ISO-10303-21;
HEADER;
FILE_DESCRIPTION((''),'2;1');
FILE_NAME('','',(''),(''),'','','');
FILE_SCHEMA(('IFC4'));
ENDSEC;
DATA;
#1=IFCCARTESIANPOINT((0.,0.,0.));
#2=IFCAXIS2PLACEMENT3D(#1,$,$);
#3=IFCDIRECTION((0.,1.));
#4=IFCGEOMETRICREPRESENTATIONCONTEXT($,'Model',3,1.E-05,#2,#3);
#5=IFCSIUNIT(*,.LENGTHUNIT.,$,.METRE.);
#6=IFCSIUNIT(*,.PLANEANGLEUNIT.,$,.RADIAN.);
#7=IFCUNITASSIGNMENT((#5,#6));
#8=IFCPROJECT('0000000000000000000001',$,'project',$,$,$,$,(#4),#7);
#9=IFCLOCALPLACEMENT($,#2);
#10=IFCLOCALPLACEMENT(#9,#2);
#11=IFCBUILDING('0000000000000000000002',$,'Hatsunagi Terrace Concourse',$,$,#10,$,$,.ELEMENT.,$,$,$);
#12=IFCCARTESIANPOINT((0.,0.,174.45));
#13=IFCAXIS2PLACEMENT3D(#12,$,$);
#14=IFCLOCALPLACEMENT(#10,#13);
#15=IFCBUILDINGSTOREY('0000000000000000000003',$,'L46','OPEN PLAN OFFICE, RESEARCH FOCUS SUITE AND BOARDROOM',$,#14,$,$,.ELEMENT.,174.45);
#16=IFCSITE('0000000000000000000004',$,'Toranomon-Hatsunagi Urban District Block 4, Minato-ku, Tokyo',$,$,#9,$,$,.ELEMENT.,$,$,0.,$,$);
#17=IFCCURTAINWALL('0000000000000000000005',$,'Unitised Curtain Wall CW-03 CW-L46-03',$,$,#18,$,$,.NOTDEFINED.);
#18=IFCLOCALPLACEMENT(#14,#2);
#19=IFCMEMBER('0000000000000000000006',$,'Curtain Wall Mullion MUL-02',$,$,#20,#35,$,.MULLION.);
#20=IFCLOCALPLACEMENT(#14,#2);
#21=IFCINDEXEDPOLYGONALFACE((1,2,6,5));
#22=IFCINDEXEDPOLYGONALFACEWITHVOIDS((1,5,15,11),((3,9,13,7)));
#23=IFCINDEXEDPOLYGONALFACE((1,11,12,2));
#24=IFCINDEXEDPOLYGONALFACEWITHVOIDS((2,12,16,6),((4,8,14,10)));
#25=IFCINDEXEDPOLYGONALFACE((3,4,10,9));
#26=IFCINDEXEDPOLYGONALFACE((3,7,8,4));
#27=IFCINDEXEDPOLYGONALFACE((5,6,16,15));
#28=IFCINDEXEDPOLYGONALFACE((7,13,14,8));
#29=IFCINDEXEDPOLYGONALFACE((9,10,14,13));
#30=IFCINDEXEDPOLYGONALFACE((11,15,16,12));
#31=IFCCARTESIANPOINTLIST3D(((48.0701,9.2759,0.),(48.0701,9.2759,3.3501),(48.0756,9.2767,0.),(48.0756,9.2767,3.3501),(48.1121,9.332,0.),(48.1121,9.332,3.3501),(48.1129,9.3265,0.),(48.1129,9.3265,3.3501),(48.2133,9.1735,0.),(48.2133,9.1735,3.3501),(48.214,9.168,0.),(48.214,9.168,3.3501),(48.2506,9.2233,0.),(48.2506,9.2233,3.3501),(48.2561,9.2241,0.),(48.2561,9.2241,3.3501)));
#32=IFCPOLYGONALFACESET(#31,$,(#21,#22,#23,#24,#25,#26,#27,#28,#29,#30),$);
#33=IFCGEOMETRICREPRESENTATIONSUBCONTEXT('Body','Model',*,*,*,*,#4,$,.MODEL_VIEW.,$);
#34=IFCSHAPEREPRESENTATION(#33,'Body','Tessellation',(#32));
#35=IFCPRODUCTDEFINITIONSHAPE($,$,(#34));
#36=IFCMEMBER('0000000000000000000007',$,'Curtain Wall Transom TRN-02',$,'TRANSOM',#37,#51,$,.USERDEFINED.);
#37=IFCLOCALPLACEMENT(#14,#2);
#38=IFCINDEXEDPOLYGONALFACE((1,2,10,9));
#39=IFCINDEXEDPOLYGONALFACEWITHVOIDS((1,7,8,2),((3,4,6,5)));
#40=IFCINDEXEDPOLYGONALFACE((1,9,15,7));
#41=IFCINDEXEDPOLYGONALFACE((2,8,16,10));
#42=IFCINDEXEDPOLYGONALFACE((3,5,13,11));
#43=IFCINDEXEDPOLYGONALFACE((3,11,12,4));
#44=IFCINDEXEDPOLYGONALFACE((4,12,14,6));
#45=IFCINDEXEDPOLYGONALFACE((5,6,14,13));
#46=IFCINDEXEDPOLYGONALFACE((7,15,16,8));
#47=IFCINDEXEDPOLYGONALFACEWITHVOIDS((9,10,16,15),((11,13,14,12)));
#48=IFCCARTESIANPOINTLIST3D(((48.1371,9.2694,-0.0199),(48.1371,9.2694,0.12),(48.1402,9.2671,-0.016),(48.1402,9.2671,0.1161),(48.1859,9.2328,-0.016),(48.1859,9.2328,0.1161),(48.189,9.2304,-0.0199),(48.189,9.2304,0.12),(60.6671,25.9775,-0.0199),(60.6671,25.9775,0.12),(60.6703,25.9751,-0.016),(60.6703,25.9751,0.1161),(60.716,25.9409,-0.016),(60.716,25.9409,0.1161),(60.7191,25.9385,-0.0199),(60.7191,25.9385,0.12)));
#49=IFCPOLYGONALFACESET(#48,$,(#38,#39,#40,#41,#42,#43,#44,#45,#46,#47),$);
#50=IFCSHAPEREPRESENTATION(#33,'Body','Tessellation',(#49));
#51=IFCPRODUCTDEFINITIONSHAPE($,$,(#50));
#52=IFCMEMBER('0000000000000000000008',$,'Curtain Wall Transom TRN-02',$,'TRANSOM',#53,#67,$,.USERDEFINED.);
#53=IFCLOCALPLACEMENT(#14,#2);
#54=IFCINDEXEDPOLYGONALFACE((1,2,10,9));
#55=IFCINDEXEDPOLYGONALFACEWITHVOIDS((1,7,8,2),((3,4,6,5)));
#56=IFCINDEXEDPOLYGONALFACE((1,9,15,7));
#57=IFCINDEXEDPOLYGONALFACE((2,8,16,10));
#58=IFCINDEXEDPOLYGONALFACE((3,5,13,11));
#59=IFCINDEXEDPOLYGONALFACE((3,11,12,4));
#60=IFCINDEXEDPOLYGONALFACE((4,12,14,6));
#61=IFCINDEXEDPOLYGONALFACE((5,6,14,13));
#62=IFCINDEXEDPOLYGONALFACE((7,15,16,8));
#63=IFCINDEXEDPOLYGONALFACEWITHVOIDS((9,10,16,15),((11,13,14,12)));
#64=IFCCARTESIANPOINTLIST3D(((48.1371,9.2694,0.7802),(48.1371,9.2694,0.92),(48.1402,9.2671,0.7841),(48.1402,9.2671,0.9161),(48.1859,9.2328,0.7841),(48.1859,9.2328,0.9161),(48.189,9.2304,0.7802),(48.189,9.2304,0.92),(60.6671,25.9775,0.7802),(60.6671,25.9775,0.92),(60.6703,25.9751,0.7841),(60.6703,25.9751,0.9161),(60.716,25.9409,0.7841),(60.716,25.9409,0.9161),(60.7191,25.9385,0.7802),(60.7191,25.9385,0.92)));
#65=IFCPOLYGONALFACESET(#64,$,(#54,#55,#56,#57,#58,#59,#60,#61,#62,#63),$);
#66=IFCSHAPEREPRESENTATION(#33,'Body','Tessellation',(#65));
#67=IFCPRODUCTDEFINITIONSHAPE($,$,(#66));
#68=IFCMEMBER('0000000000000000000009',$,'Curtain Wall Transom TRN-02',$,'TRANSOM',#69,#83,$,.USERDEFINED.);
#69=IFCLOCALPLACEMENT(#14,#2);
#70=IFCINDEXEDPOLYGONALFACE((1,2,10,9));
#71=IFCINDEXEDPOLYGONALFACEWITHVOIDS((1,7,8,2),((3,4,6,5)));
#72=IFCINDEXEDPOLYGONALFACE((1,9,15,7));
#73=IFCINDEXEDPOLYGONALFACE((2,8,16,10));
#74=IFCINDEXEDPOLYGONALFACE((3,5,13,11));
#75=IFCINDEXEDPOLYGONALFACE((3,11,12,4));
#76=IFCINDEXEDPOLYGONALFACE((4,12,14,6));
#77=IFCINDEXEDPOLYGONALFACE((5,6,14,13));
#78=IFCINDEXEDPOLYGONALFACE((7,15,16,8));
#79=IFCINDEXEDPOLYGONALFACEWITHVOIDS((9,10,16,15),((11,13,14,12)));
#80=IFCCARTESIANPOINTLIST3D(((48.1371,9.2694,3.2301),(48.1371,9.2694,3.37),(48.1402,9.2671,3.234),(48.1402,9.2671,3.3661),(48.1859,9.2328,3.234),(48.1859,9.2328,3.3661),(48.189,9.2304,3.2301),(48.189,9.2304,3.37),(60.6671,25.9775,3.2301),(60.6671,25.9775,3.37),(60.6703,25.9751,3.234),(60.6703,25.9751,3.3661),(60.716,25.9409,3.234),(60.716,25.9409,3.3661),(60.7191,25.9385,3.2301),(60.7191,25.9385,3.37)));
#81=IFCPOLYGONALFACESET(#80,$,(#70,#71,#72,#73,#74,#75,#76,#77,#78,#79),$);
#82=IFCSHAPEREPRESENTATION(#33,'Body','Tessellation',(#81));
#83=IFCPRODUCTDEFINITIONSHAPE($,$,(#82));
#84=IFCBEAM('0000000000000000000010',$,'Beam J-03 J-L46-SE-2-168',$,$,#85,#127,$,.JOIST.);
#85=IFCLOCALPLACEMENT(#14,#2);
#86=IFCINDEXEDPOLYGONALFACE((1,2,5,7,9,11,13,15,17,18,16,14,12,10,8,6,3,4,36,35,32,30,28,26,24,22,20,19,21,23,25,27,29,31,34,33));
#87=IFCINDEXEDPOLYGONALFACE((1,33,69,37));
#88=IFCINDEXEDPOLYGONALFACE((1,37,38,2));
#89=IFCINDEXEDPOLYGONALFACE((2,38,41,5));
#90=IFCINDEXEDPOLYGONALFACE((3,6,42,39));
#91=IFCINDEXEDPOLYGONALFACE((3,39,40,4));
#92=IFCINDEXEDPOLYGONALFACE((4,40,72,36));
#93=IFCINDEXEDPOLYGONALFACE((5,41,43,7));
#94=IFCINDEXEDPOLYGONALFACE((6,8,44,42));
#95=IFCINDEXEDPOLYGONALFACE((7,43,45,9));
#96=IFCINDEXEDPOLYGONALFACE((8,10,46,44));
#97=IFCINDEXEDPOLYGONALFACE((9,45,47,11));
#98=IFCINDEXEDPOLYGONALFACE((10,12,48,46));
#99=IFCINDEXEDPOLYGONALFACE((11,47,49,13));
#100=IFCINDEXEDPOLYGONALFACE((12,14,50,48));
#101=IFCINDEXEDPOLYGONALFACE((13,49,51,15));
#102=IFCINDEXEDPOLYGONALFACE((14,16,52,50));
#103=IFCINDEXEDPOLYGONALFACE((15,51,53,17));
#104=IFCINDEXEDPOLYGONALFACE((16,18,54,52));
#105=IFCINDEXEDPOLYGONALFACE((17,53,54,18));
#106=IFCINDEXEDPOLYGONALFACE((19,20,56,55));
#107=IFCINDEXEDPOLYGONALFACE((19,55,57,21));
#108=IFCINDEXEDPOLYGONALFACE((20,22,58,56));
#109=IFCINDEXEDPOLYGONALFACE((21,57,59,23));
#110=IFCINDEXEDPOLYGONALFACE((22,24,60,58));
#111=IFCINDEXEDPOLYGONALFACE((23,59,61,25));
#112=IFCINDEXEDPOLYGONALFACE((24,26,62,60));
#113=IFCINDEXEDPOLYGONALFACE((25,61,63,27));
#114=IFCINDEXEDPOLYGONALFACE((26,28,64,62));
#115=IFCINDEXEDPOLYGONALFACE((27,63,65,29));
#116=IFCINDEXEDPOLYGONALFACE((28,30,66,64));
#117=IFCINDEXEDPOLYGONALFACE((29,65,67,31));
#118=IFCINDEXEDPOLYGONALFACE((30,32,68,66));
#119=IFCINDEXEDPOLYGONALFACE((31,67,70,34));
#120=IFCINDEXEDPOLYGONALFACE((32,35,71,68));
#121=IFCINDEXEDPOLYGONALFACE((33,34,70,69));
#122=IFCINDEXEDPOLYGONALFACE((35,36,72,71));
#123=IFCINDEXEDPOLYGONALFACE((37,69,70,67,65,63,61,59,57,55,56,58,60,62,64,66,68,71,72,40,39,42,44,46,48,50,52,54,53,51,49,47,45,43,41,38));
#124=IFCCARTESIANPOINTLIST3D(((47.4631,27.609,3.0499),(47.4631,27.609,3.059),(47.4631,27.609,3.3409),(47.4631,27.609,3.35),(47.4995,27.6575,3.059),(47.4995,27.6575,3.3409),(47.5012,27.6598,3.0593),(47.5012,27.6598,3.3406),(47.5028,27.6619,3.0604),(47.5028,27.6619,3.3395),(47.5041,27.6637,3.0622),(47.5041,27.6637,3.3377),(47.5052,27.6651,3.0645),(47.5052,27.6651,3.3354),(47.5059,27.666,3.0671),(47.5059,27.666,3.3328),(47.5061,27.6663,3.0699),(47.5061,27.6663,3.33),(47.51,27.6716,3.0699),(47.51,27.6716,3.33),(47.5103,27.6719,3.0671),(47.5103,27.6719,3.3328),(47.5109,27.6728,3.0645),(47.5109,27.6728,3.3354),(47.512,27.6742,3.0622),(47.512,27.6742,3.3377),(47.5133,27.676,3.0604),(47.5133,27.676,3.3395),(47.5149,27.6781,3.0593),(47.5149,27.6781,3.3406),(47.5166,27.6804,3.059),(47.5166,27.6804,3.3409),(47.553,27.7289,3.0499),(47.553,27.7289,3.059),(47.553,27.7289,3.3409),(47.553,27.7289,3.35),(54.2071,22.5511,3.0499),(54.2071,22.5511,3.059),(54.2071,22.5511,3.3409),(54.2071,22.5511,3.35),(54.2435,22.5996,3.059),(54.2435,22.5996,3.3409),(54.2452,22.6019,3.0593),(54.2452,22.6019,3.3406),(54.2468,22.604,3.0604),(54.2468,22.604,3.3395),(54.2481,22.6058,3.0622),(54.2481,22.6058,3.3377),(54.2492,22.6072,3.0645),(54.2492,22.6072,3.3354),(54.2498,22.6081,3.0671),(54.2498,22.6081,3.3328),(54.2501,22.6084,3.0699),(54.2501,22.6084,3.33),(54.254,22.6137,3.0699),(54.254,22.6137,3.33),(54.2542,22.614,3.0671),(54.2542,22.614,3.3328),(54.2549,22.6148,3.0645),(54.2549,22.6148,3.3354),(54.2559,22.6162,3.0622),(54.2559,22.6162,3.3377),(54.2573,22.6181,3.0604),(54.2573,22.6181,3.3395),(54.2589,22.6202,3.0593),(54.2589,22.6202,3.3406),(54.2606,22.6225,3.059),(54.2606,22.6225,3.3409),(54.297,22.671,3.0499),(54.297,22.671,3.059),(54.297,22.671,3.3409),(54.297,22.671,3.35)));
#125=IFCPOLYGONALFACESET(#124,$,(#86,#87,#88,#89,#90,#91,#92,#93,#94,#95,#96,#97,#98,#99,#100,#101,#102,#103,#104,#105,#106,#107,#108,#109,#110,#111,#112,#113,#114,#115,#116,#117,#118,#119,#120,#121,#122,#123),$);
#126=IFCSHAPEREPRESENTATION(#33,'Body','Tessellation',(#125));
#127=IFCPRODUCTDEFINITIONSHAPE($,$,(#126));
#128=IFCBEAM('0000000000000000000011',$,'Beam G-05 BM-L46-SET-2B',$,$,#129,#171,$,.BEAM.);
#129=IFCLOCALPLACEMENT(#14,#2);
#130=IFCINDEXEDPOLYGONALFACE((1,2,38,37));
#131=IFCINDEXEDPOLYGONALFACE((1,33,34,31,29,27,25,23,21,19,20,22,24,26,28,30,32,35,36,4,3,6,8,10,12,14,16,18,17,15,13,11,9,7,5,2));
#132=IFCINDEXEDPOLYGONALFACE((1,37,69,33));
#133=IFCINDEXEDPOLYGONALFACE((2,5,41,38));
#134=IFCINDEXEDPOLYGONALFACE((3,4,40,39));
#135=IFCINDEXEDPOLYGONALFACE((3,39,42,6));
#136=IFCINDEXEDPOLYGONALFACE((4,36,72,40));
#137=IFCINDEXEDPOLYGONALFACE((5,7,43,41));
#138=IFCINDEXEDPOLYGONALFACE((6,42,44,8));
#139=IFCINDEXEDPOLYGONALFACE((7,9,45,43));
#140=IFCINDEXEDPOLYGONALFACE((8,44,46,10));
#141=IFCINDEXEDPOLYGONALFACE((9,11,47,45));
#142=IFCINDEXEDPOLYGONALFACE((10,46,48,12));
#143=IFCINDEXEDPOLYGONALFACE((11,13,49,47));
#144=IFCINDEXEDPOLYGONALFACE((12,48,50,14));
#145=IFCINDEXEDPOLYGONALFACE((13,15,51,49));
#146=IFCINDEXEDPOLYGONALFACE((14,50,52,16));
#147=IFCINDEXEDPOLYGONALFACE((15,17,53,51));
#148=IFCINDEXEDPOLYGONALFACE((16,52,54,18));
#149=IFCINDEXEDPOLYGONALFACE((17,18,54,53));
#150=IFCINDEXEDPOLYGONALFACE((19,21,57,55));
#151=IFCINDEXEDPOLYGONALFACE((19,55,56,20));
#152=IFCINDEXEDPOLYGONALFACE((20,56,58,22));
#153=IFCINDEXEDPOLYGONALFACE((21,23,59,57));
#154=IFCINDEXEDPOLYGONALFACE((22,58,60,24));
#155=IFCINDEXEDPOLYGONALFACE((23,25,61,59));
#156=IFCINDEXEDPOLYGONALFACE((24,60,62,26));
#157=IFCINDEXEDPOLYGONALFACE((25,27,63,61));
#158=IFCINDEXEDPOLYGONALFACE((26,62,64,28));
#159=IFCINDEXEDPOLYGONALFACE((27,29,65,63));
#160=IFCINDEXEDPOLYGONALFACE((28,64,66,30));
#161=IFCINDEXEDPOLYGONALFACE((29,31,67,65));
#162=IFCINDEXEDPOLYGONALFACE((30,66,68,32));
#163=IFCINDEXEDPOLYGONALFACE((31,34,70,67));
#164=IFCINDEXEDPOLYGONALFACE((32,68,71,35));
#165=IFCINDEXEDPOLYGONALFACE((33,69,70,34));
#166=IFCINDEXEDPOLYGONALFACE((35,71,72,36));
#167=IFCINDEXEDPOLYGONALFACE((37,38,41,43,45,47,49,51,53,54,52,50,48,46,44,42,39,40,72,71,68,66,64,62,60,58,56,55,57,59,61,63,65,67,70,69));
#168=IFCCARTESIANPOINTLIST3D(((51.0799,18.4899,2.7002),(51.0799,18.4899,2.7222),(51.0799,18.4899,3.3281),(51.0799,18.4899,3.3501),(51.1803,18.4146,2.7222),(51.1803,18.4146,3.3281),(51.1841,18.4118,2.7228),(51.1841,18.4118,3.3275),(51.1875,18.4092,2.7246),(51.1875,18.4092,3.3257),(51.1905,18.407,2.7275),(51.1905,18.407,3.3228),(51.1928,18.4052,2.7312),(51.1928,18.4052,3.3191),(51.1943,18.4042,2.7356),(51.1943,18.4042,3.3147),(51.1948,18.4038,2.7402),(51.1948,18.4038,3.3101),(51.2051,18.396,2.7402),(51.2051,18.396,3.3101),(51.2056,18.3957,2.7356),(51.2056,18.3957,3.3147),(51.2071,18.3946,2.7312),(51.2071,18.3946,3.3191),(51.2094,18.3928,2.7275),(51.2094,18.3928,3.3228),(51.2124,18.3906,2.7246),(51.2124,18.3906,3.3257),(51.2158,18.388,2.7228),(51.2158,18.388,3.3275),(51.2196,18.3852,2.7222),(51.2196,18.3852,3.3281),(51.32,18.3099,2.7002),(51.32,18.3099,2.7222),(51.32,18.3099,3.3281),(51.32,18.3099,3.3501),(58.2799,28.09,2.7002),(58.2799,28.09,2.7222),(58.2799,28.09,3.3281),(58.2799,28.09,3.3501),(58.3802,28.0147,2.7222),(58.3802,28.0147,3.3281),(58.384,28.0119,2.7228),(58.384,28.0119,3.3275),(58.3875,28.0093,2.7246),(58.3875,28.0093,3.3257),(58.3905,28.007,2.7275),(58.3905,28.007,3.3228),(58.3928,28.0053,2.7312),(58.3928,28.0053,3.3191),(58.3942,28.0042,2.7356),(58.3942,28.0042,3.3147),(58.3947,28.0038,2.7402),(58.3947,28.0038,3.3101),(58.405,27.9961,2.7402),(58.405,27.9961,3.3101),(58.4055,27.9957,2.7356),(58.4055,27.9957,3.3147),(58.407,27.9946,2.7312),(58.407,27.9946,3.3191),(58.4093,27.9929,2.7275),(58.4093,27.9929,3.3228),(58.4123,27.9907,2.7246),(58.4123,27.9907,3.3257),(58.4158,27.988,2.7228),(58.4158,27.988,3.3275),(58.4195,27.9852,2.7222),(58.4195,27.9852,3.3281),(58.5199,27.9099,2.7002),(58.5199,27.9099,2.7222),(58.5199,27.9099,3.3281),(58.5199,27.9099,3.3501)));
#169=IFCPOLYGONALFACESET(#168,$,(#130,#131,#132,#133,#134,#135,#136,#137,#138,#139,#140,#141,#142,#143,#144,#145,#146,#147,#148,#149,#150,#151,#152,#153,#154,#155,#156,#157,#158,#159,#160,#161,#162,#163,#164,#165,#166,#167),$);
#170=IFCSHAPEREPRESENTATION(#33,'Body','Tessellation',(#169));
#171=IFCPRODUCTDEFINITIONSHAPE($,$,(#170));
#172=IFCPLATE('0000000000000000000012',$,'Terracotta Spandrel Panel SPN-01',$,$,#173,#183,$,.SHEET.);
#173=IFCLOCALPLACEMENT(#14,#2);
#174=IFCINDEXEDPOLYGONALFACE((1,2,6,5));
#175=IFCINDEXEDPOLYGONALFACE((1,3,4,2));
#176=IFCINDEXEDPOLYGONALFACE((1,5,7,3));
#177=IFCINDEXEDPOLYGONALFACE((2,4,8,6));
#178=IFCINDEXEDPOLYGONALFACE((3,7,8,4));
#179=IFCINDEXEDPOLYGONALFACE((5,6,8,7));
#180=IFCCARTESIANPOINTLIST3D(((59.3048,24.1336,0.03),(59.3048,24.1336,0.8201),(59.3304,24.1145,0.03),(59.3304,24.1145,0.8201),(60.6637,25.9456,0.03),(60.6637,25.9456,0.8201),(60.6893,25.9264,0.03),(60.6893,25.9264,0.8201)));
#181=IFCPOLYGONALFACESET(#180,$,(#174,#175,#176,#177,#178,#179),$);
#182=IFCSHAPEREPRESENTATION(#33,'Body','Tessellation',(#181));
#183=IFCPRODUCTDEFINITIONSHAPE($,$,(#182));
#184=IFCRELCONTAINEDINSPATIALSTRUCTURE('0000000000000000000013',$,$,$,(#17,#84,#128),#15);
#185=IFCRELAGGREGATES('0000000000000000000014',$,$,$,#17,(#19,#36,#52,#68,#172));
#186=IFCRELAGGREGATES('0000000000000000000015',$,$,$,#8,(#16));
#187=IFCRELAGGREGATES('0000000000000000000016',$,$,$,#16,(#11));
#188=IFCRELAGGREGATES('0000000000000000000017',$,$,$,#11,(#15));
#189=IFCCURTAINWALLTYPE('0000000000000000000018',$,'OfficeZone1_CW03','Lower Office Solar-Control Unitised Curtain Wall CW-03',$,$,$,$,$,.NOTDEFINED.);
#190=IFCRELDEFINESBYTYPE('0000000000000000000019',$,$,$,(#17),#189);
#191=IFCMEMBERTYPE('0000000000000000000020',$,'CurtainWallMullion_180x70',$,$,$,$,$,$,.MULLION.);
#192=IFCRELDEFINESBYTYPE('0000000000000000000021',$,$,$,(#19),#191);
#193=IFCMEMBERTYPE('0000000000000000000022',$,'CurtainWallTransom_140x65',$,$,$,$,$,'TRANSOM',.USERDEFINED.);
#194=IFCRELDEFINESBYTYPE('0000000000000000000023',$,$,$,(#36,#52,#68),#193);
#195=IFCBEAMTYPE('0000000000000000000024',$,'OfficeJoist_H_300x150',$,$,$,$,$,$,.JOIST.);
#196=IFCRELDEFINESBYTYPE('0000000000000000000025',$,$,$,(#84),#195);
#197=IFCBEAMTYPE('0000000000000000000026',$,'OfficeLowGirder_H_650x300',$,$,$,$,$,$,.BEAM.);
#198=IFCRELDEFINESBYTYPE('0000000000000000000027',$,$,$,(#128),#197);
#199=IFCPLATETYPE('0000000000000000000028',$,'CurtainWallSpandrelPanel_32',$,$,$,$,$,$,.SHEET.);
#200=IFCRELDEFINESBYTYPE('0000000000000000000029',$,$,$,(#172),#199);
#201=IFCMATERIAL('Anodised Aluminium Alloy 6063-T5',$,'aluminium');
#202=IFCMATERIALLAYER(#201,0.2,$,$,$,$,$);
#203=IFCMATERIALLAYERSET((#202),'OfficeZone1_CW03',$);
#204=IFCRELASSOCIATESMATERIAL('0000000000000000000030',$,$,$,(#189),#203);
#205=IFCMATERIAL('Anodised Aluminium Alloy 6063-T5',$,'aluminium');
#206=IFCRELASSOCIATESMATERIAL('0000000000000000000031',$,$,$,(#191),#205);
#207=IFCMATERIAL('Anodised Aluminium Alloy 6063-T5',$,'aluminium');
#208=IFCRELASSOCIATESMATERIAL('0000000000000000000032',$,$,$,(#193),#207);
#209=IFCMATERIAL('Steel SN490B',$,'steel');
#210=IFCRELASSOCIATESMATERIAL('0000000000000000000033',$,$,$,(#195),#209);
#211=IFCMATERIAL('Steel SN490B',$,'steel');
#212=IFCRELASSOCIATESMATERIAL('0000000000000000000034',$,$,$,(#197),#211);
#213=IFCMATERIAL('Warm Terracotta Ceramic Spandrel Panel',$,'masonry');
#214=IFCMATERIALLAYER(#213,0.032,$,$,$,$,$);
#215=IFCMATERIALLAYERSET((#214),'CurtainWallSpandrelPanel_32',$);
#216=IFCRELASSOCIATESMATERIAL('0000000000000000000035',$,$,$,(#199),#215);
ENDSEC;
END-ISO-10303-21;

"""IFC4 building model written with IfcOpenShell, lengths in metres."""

from ifc_helpers import new_model, si_unit, direction, frame, origin, origin_2d, place, context, subcontext, project, spatial, rectangle, hollow_rectangle, i_section, extrude, material, layer, layer_set, material_profile, profile_set, type_object, element, aggregate, save


model = new_model("IFC4")

# Units and contexts
model_context = context("Model", 3, precision=1e-05, world=origin(), true_north=direction((0.0, 1.0)))
body_context = subcontext(model_context, "Body", "Model", "MODEL_VIEW")
ifc_project = project(units=[si_unit("LENGTHUNIT", "METRE"), si_unit("PLANEANGLEUNIT", "RADIAN")], contexts=[model_context])

# Site, building, storey
site_placement = place(None, origin())
site = spatial("IfcSite", under=ifc_project, at=site_placement, Name="Toranomon-Hatsunagi Urban District Block 4, Minato-ku, Tokyo", CompositionType="ELEMENT", RefElevation=0.0)
building_placement = place(site_placement, origin())
building = spatial("IfcBuilding", under=site, at=building_placement, Name="Hatsunagi Terrace Concourse", CompositionType="ELEMENT")
storey_placement = place(building_placement, frame((0.0, 0.0, 174.45)))
storey = spatial("IfcBuildingStorey", under=building, at=storey_placement, Name="L46", Description="OPEN PLAN OFFICE, RESEARCH FOCUS SUITE AND BOARDROOM", CompositionType="ELEMENT", Elevation=174.45)

# Curtain wall, members
ifc_material_1 = material(Name="Anodised Aluminium Alloy 6063-T5", Category="aluminium")
ifc_layer_1 = layer(ifc_material_1, 0.2)
ifc_layer_set_1 = layer_set([ifc_layer_1], Name="OfficeZone1_CW03")
curtain_wall_type = type_object("IfcCurtainWallType", Name="OfficeZone1_CW03", Description="Lower Office Solar-Control Unitised Curtain Wall CW-03", PredefinedType="NOTDEFINED", material=ifc_layer_set_1)
curtain_wall_placement = place(storey_placement, origin())
curtain_wall = element("IfcCurtainWall", 1, at=curtain_wall_placement, inside=storey, type_object=curtain_wall_type, Name="Unitised Curtain Wall CW-03 CW-L46-03", PredefinedType="NOTDEFINED")
ifc_material_2 = material(Name="Anodised Aluminium Alloy 6063-T5", Category="aluminium")
ifc_material_profile_1 = material_profile(ifc_material_2, hollow_rectangle(XDim=0.0701, YDim=0.1799, WallThickness=0.0039, at=origin_2d()), Name="ALU-MUL-180x70x4")
ifc_profile_set_1 = profile_set([ifc_material_profile_1], Name="Anodised Aluminium Alloy 6063-T5")
member_type_1 = type_object("IfcMemberType", Name="CurtainWallMullion_180x70", PredefinedType="MULLION", material=ifc_profile_set_1)
member_1_placement = place(storey_placement, frame((48.1631, 9.25, 0.0), z_axis=(0.0, 0.0, 1.0), x_axis=(-0.599969, -0.800023, 0.0)))
member_1 = element("IfcMember", 2, at=member_1_placement, type_object=member_type_1, Name="Curtain Wall Mullion MUL-02", PredefinedType="MULLION", context=body_context, shape_type="SweptSolid", body=[
    extrude(hollow_rectangle(XDim=0.0701, YDim=0.1799, WallThickness=0.0039, at=origin_2d()), origin(), (0.0, 0.0, 1.0), 3.3501),
])
ifc_material_3 = material(Name="Anodised Aluminium Alloy 6063-T5", Category="aluminium")
ifc_material_profile_2 = material_profile(ifc_material_3, hollow_rectangle(XDim=0.0649, YDim=0.1399, WallThickness=0.0039, at=origin_2d()), Name="ALU-TRN-140x65x4")
ifc_profile_set_2 = profile_set([ifc_material_profile_2], Name="Anodised Aluminium Alloy 6063-T5")
member_type_2 = type_object("IfcMemberType", Name="CurtainWallTransom_140x65", ElementType="TRANSOM", PredefinedType="USERDEFINED", material=ifc_profile_set_2)
member_2_placement = place(storey_placement, frame((60.6931, 25.958, 0.05), z_axis=(-0.59997, -0.800022, 0.0), x_axis=(0.800022, -0.59997, 0.0)))
member_2 = element("IfcMember", 3, at=member_2_placement, type_object=member_type_2, Name="Curtain Wall Transom TRN-02", ObjectType="TRANSOM", PredefinedType="USERDEFINED", context=body_context, shape_type="SweptSolid", body=[
    extrude(hollow_rectangle(XDim=0.0649, YDim=0.1399, WallThickness=0.0039, at=origin_2d()), origin(), (0.0, 0.0, 1.0), 20.8845),
])
member_3_placement = place(storey_placement, frame((60.6931, 25.958, 0.8501), z_axis=(-0.59997, -0.800022, 0.0), x_axis=(0.800022, -0.59997, 0.0)))
member_3 = element("IfcMember", 4, at=member_3_placement, type_object=member_type_2, Name="Curtain Wall Transom TRN-02", ObjectType="TRANSOM", PredefinedType="USERDEFINED", context=body_context, shape_type="SweptSolid", body=[
    extrude(hollow_rectangle(XDim=0.0649, YDim=0.1399, WallThickness=0.0039, at=origin_2d()), origin(), (0.0, 0.0, 1.0), 20.8845),
])
member_4_placement = place(storey_placement, frame((60.6931, 25.958, 3.3), z_axis=(-0.59997, -0.800022, 0.0), x_axis=(0.800022, -0.59997, 0.0)))
member_4 = element("IfcMember", 5, at=member_4_placement, type_object=member_type_2, Name="Curtain Wall Transom TRN-02", ObjectType="TRANSOM", PredefinedType="USERDEFINED", context=body_context, shape_type="SweptSolid", body=[
    extrude(hollow_rectangle(XDim=0.0649, YDim=0.1399, WallThickness=0.0039, at=origin_2d()), origin(), (0.0, 0.0, 1.0), 20.8845),
])

# Beams
ifc_material_4 = material(Name="Steel SN490B", Category="steel")
ifc_material_profile_3 = material_profile(ifc_material_4, i_section(OverallWidth=0.1499, OverallDepth=0.3, WebThickness=0.0066, FlangeThickness=0.009, FilletRadius=0.011, at=origin_2d()), Name="H-300x150x6.5x9")
ifc_profile_set_3 = profile_set([ifc_material_profile_3], Name="Steel SN490B")
beam_type_1 = type_object("IfcBeamType", Name="OfficeJoist_H_300x150", PredefinedType="JOIST", material=ifc_profile_set_3)
beam_1_placement = place(storey_placement, frame((47.5081, 27.6689, 3.2), z_axis=(0.800003, -0.599995, 0.0), x_axis=(0.599995, 0.800003, 0.0)))
element("IfcBeam", 6, at=beam_1_placement, inside=storey, type_object=beam_type_1, Name="Beam J-03 J-L46-SE-2-168", PredefinedType="JOIST", context=body_context, shape_type="SweptSolid", body=[
    extrude(i_section(OverallWidth=0.1499, OverallDepth=0.3, WebThickness=0.0066, FlangeThickness=0.009, FilletRadius=0.011, at=origin_2d()), origin(), (0.0, 0.0, 1.0), 8.4299),
])
ifc_material_5 = material(Name="Steel SN490B", Category="steel")
ifc_material_profile_4 = material_profile(ifc_material_5, i_section(OverallWidth=0.3, OverallDepth=0.6499, WebThickness=0.0129, FlangeThickness=0.022, FilletRadius=0.0181, at=origin_2d()), Name="H-650x300x13x22")
ifc_profile_set_4 = profile_set([ifc_material_profile_4], Name="Steel SN490B")
beam_type_2 = type_object("IfcBeamType", Name="OfficeLowGirder_H_650x300", PredefinedType="BEAM", material=ifc_profile_set_4)
beam_2_placement = place(storey_placement, frame((51.2, 18.3999, 3.0251), z_axis=(0.599993, 0.800005, 0.0), x_axis=(-0.800005, 0.599993, 0.0)))
element("IfcBeam", 7, at=beam_2_placement, inside=storey, type_object=beam_type_2, Name="Beam G-05 BM-L46-SET-2B", PredefinedType="BEAM", context=body_context, shape_type="SweptSolid", body=[
    extrude(i_section(OverallWidth=0.3, OverallDepth=0.6499, WebThickness=0.0129, FlangeThickness=0.022, FilletRadius=0.0181, at=origin_2d()), origin(), (0.0, 0.0, 1.0), 12.0),
])

# Plate
ifc_material_6 = material(Name="Warm Terracotta Ceramic Spandrel Panel", Category="masonry")
ifc_layer_2 = layer(ifc_material_6, 0.032)
ifc_layer_set_2 = layer_set([ifc_layer_2], Name="CurtainWallSpandrelPanel_32")
plate_type_1 = type_object("IfcPlateType", Name="CurtainWallSpandrelPanel_32", PredefinedType="SHEET", material=ifc_layer_set_2)
plate_1_placement = place(storey_placement, frame((59.9971, 25.03, 0.03), z_axis=(0.0, 0.0, 1.0), x_axis=(-0.599969, -0.800023, 0.0)))
plate_1 = element("IfcPlate", 8, at=plate_1_placement, type_object=plate_type_1, Name="Terracotta Spandrel Panel SPN-01", PredefinedType="SHEET", context=body_context, shape_type="SweptSolid", body=[
    extrude(rectangle(XDim=2.2649, YDim=0.032, at=origin_2d()), origin(), (0.0, 0.0, 1.0), 0.79),
])
aggregate(curtain_wall, [member_1, member_2, member_3, member_4, plate_1])

save(model, "model.ifc")
